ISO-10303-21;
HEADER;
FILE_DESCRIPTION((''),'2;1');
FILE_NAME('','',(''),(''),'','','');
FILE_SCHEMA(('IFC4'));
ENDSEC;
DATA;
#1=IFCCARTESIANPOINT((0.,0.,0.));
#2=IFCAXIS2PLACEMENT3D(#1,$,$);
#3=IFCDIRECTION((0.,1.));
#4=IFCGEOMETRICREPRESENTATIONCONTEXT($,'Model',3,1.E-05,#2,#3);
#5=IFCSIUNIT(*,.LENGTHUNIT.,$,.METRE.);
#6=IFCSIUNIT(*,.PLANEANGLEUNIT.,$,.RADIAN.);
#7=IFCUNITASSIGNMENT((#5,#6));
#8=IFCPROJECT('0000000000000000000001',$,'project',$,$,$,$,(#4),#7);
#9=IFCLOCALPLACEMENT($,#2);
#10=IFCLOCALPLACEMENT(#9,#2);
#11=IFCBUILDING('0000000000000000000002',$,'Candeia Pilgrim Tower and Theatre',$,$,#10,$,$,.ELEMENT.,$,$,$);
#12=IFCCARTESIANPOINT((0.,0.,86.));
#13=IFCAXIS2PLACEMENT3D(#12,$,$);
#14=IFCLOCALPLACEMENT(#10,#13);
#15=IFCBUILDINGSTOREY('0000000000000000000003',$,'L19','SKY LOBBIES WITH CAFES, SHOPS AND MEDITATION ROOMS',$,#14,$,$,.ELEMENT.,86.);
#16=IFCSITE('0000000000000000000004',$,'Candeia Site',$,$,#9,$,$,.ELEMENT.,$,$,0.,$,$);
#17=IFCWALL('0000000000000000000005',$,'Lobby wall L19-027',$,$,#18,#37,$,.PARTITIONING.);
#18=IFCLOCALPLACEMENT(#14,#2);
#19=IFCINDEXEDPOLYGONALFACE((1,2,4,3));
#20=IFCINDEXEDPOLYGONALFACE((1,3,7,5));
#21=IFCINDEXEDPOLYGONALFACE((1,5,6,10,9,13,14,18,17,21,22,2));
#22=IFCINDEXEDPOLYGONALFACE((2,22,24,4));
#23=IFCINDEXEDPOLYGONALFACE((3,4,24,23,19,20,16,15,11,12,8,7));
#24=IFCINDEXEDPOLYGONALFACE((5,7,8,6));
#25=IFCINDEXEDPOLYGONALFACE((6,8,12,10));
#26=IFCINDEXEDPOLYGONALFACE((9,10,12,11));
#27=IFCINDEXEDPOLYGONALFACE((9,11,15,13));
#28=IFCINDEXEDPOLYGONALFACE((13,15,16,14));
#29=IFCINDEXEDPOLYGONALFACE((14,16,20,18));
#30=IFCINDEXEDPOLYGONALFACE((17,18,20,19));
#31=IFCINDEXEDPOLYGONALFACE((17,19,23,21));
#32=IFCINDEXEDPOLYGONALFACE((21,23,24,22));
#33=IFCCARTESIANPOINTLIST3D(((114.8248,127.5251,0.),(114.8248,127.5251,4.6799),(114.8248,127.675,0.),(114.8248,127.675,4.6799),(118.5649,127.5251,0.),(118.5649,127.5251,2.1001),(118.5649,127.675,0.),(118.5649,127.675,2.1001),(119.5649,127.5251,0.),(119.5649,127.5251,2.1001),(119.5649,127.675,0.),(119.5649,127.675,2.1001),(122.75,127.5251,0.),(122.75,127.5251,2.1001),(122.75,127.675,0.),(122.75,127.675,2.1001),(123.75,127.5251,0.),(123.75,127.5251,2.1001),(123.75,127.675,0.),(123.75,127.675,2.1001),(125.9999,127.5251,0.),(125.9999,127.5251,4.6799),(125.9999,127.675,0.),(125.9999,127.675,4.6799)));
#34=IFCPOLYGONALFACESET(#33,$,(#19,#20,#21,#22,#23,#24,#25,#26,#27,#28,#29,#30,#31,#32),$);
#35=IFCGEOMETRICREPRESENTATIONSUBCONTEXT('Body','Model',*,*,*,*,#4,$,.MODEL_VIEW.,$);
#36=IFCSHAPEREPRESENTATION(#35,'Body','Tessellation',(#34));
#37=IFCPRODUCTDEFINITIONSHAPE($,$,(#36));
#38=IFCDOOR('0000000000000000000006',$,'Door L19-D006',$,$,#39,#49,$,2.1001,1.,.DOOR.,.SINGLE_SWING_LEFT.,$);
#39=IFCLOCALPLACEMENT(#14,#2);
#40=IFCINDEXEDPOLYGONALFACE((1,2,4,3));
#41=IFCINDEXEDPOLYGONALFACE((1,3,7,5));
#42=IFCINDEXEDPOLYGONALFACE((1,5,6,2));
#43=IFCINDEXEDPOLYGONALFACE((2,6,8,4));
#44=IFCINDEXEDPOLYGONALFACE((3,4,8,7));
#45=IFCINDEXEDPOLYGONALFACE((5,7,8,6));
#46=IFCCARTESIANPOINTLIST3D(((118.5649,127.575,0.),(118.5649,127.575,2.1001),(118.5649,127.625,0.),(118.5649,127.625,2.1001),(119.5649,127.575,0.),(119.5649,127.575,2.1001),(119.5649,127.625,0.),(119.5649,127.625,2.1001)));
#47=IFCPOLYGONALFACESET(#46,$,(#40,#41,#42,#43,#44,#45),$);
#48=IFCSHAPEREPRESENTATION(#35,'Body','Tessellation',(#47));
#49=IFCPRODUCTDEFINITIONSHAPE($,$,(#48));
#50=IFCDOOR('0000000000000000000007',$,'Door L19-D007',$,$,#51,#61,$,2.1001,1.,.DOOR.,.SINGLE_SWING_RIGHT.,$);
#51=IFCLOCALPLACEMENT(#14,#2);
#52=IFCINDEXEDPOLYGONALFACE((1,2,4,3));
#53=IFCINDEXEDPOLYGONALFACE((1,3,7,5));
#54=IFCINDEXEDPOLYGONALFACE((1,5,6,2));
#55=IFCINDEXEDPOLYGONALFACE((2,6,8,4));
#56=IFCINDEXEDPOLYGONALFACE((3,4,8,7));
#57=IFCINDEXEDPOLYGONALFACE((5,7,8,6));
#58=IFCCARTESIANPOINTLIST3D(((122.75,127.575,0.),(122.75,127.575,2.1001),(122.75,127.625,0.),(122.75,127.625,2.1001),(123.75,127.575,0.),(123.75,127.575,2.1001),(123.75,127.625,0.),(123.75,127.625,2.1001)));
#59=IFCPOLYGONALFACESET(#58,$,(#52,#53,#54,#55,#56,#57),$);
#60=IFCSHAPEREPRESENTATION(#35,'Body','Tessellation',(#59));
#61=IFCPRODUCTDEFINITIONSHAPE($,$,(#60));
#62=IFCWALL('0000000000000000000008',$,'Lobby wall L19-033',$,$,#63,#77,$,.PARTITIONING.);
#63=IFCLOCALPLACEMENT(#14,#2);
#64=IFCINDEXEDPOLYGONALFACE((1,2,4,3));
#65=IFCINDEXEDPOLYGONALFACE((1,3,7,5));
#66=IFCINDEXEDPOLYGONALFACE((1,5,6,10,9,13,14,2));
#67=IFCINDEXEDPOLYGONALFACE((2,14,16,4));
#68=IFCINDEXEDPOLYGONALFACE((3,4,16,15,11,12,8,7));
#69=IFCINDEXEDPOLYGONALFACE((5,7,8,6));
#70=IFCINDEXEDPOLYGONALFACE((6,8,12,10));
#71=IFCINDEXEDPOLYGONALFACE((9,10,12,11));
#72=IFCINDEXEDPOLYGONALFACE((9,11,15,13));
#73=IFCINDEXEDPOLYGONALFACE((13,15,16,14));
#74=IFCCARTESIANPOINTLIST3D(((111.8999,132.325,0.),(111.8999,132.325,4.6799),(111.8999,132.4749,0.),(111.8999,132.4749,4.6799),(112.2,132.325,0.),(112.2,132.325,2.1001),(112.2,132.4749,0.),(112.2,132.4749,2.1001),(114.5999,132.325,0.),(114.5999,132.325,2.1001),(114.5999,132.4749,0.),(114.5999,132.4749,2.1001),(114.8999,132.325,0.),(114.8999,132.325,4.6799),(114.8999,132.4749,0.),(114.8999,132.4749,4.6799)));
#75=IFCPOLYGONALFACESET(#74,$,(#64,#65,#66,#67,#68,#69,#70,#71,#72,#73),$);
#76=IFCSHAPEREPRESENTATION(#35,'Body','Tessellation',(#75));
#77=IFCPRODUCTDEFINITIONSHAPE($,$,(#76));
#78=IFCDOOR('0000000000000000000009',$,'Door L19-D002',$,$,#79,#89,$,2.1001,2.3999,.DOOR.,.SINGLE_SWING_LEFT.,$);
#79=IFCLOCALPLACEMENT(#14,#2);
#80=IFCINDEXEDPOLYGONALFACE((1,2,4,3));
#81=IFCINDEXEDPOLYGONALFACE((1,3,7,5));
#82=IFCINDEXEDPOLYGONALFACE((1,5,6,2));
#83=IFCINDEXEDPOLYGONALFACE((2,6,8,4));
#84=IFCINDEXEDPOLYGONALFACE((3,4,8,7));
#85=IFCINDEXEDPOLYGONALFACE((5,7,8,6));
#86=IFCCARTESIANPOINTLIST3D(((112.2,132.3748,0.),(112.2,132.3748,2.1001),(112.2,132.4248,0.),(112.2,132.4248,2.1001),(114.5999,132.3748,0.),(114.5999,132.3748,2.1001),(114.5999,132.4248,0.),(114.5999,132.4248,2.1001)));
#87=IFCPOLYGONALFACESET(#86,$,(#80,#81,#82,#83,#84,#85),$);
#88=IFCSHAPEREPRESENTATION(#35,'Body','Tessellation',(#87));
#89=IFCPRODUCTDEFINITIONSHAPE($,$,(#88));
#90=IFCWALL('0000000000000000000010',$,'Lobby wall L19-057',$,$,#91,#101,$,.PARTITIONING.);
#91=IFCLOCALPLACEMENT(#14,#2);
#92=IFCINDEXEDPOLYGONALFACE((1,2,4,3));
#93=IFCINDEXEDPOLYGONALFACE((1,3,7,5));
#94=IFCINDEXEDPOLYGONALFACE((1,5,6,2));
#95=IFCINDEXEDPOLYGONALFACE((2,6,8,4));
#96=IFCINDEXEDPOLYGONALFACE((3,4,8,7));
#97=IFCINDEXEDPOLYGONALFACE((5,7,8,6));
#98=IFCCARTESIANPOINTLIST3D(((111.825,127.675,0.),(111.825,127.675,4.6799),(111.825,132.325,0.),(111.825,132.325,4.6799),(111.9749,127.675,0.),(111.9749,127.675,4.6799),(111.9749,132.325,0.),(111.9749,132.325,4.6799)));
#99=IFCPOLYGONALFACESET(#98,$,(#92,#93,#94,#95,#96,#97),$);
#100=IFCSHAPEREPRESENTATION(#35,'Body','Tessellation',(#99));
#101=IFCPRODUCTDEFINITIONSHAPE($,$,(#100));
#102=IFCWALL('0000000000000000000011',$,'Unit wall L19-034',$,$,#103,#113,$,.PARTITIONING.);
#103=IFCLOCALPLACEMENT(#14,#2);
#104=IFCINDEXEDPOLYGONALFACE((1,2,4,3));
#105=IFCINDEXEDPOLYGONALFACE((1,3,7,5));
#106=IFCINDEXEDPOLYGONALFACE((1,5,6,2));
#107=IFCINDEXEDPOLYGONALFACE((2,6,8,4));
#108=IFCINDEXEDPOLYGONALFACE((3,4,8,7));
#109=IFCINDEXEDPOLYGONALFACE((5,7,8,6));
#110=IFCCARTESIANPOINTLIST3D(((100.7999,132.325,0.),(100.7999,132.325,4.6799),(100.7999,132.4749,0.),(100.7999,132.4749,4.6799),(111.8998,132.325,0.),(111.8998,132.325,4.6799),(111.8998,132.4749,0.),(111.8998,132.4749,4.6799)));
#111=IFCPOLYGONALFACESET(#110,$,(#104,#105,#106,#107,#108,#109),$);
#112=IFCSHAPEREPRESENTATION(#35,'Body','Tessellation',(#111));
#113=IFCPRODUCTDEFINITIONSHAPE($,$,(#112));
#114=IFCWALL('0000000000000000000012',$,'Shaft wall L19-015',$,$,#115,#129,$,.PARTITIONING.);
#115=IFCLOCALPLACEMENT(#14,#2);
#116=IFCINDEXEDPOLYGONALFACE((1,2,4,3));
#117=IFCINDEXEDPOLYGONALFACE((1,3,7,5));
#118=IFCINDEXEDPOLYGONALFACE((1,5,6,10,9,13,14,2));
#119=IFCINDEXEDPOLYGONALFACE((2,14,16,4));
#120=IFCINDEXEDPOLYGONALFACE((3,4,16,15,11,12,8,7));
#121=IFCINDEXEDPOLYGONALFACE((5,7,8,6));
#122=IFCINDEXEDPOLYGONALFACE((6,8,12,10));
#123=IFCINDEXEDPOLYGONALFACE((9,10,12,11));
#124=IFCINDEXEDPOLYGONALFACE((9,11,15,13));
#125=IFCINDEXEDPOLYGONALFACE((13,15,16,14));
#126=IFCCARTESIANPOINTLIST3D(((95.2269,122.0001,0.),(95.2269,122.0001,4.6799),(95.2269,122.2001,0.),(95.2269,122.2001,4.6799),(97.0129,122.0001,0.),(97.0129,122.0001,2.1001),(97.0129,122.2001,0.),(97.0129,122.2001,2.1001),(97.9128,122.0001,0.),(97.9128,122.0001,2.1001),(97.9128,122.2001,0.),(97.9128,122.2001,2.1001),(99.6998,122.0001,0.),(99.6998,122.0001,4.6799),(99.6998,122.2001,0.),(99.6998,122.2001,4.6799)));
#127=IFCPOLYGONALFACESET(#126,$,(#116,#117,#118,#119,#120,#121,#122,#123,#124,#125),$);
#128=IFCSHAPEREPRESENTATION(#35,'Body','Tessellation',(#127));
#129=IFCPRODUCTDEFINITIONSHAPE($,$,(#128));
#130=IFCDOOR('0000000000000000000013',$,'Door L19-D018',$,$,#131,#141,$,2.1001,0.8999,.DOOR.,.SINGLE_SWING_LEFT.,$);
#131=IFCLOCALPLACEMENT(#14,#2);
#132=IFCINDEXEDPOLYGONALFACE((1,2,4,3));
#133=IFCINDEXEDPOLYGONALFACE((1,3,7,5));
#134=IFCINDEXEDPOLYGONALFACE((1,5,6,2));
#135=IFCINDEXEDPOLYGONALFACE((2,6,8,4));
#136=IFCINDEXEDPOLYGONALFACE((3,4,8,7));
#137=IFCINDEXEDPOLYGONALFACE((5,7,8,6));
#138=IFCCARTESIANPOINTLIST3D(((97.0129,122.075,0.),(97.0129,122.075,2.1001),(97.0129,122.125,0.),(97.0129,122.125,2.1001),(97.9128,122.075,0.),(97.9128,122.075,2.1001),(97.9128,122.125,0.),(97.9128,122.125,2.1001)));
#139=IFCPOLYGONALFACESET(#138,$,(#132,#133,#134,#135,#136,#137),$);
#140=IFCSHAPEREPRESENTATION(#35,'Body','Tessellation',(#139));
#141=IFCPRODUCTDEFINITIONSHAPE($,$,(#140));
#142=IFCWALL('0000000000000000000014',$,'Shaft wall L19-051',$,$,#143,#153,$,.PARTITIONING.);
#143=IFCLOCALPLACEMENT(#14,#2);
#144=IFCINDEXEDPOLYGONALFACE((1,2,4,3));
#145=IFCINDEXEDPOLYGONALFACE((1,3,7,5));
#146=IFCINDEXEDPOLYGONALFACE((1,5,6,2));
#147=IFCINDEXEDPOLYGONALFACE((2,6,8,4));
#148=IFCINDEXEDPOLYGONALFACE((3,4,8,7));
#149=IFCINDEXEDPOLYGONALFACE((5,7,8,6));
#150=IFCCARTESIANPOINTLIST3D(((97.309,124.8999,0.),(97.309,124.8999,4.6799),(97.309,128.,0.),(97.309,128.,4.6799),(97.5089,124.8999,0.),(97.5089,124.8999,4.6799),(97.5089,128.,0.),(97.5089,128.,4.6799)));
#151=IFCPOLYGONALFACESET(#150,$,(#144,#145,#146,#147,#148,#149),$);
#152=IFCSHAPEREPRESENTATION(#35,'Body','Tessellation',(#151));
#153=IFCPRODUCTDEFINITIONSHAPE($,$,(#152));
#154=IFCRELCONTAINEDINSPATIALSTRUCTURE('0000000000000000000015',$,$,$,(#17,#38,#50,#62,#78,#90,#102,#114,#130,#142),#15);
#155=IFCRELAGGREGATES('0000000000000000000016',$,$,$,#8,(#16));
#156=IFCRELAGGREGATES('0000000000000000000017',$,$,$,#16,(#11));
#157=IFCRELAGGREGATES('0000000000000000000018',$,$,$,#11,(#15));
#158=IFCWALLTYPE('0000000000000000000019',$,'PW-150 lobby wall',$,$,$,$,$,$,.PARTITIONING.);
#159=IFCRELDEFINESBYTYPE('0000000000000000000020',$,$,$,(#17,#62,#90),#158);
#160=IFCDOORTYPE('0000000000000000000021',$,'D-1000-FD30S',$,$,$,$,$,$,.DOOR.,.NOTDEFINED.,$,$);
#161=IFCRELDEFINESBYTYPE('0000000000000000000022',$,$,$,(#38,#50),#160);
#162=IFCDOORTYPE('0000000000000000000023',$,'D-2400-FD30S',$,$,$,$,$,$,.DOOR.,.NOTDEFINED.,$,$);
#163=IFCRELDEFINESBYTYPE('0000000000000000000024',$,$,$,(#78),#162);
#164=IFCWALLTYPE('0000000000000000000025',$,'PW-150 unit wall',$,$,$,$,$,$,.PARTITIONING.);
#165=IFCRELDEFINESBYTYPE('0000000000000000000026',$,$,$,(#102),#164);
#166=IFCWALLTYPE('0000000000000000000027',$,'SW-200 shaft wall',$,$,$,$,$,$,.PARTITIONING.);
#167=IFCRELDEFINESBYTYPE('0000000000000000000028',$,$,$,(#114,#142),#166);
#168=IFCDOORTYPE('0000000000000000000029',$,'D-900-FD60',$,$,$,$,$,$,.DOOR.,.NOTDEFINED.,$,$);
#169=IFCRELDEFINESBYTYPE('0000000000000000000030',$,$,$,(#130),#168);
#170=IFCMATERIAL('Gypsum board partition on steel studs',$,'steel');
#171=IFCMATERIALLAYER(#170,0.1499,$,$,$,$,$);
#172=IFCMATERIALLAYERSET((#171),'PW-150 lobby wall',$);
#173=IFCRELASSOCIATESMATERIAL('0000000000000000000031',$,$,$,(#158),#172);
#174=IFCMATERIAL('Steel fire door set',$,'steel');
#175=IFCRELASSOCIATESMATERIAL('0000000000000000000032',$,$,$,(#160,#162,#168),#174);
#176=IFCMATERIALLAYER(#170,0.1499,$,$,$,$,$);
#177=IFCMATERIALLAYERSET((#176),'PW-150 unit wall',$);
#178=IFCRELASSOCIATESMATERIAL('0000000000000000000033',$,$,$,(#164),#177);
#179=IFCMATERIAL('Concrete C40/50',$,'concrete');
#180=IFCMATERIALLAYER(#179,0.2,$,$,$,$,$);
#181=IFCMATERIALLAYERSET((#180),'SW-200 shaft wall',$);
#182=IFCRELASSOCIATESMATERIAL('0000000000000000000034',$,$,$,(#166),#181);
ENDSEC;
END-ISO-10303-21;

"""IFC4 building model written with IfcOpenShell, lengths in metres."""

from ifc_helpers import new_model, si_unit, direction, frame, frame_2d, origin, place, context, subcontext, project, spatial, rectangle, extrude, material, layer, layer_set, type_object, element, fill, save


model = new_model("IFC4")

# Units and contexts
model_context = context("Model", 3, precision=1e-05, world=origin(), true_north=direction((0.0, 1.0)))
body_context = subcontext(model_context, "Body", "Model", "MODEL_VIEW")
ifc_project = project(units=[si_unit("LENGTHUNIT", "METRE"), si_unit("PLANEANGLEUNIT", "RADIAN")], contexts=[model_context])

# Site, building, storey
site_placement = place(None, origin())
site = spatial("IfcSite", under=ifc_project, at=site_placement, Name="Candeia Site", CompositionType="ELEMENT", RefElevation=0.0)
building_placement = place(site_placement, origin())
building = spatial("IfcBuilding", under=site, at=building_placement, Name="Candeia Pilgrim Tower and Theatre", CompositionType="ELEMENT")
storey_placement = place(building_placement, frame((0.0, 0.0, 86.0)))
storey = spatial("IfcBuildingStorey", under=building, at=storey_placement, Name="L19", Description="SKY LOBBIES WITH CAFES, SHOPS AND MEDITATION ROOMS", CompositionType="ELEMENT", Elevation=86.0)

# Shared definitions
ifc_material_1 = material(Name="Steel fire door set", Category="steel")
ifc_material_2 = material(Name="Gypsum board partition on steel studs", Category="steel")
ifc_layer_1 = layer(ifc_material_2, 0.1499)
ifc_layer_set_1 = layer_set([ifc_layer_1], Name="PW-150 lobby wall")
wall_type_1 = type_object("IfcWallType", Name="PW-150 lobby wall", PredefinedType="PARTITIONING", material=ifc_layer_set_1)
door_type_1 = type_object("IfcDoorType", Name="D-1000-FD30S", OperationType="NOTDEFINED", PredefinedType="DOOR", material=ifc_material_1)

# Wall, openings, doors
wall_1_placement = place(storey_placement, frame((114.825, 127.6001, 0.0), z_axis=(0.0, 0.0, 1.0), x_axis=(1.0, 0.0, 0.0)))
wall_1 = element("IfcWall", 1, at=wall_1_placement, inside=storey, type_object=wall_type_1, Name="Lobby wall L19-027", PredefinedType="PARTITIONING", context=body_context, shape_type="SweptSolid", body=[
    extrude(rectangle(XDim=11.175, YDim=0.1499, at=frame_2d((5.5874, 0.0))), origin(), (0.0, 0.0, 1.0), 4.6799),
])
opening_1_placement = place(wall_1_placement, frame((3.74, 0.0, 0.0)))
opening_1 = element("IfcOpeningElement", 2, at=opening_1_placement, cuts=wall_1, PredefinedType="OPENING", context=body_context, shape_type="SweptSolid", body=[
    extrude(rectangle(XDim=1.0, YDim=2.1001, at=frame_2d((0.5, 1.05))), frame((0.0, 0.085, 0.0), z_axis=(0.0, -1.0, 0.0), x_axis=(1.0, 0.0, 0.0)), (0.0, 0.0, 1.0), 0.1699),
])
opening_2_placement = place(wall_1_placement, frame((7.925, 0.0, 0.0)))
opening_2 = element("IfcOpeningElement", 3, at=opening_2_placement, cuts=wall_1, PredefinedType="OPENING", context=body_context, shape_type="SweptSolid", body=[
    extrude(rectangle(XDim=1.0, YDim=2.1001, at=frame_2d((0.5, 1.05))), frame((0.0, 0.085, 0.0), z_axis=(0.0, -1.0, 0.0), x_axis=(1.0, 0.0, 0.0)), (0.0, 0.0, 1.0), 0.1699),
])
door_1_placement = place(opening_1_placement, origin())
door_1 = element("IfcDoor", 4, at=door_1_placement, inside=storey, type_object=door_type_1, Name="Door L19-D006", OperationType="SINGLE_SWING_LEFT", OverallHeight=2.1001, OverallWidth=1.0, PredefinedType="DOOR", context=body_context, shape_type="SweptSolid", body=[
    extrude(rectangle(XDim=1.0, YDim=2.1001, at=frame_2d((0.5, 1.05))), frame((0.0, 0.0249, 0.0), z_axis=(0.0, -1.0, 0.0), x_axis=(1.0, 0.0, 0.0)), (0.0, 0.0, 1.0), 0.05),
])
fill(opening_1, door_1)
door_2_placement = place(opening_2_placement, origin())
door_2 = element("IfcDoor", 5, at=door_2_placement, inside=storey, type_object=door_type_1, Name="Door L19-D007", OperationType="SINGLE_SWING_RIGHT", OverallHeight=2.1001, OverallWidth=1.0, PredefinedType="DOOR", context=body_context, shape_type="SweptSolid", body=[
    extrude(rectangle(XDim=1.0, YDim=2.1001, at=frame_2d((0.5, 1.05))), frame((0.0, 0.0249, 0.0), z_axis=(0.0, -1.0, 0.0), x_axis=(1.0, 0.0, 0.0)), (0.0, 0.0, 1.0), 0.05),
])
fill(opening_2, door_2)

# Wall, opening, door
wall_2_placement = place(storey_placement, frame((111.8999, 132.3999, 0.0), z_axis=(0.0, 0.0, 1.0), x_axis=(1.0, 0.0, 0.0)))
wall_2 = element("IfcWall", 6, at=wall_2_placement, inside=storey, type_object=wall_type_1, Name="Lobby wall L19-033", PredefinedType="PARTITIONING", context=body_context, shape_type="SweptSolid", body=[
    extrude(rectangle(XDim=3.0, YDim=0.1499, at=frame_2d((1.5, 0.0))), origin(), (0.0, 0.0, 1.0), 4.6799),
])
opening_3_placement = place(wall_2_placement, frame((0.3, 0.0, 0.0)))
opening_3 = element("IfcOpeningElement", 7, at=opening_3_placement, cuts=wall_2, PredefinedType="OPENING", context=body_context, shape_type="SweptSolid", body=[
    extrude(rectangle(XDim=2.3999, YDim=2.1001, at=frame_2d((1.2, 1.05))), frame((0.0, 0.085, 0.0), z_axis=(0.0, -1.0, 0.0), x_axis=(1.0, 0.0, 0.0)), (0.0, 0.0, 1.0), 0.1699),
])
door_type_2 = type_object("IfcDoorType", Name="D-2400-FD30S", OperationType="NOTDEFINED", PredefinedType="DOOR", material=ifc_material_1)
door_3_placement = place(opening_3_placement, origin())
door_3 = element("IfcDoor", 8, at=door_3_placement, inside=storey, type_object=door_type_2, Name="Door L19-D002", OperationType="SINGLE_SWING_LEFT", OverallHeight=2.1001, OverallWidth=2.3999, PredefinedType="DOOR", context=body_context, shape_type="SweptSolid", body=[
    extrude(rectangle(XDim=2.3999, YDim=2.1001, at=frame_2d((1.2, 1.05))), frame((0.0, 0.0249, 0.0), z_axis=(0.0, -1.0, 0.0), x_axis=(1.0, 0.0, 0.0)), (0.0, 0.0, 1.0), 0.05),
])
fill(opening_3, door_3)

# Walls
wall_3_placement = place(storey_placement, frame((111.8999, 127.675, 0.0), z_axis=(0.0, 0.0, 1.0), x_axis=(0.0, 1.0, 0.0)))
element("IfcWall", 9, at=wall_3_placement, inside=storey, type_object=wall_type_1, Name="Lobby wall L19-057", PredefinedType="PARTITIONING", context=body_context, shape_type="SweptSolid", body=[
    extrude(rectangle(XDim=4.6499, YDim=0.1499, at=frame_2d((2.325, 0.0))), origin(), (0.0, 0.0, 1.0), 4.6799),
])
ifc_layer_2 = layer(ifc_material_2, 0.1499)
ifc_layer_set_2 = layer_set([ifc_layer_2], Name="PW-150 unit wall")
wall_type_2 = type_object("IfcWallType", Name="PW-150 unit wall", PredefinedType="PARTITIONING", material=ifc_layer_set_2)
wall_4_placement = place(storey_placement, frame((100.8, 132.3999, 0.0), z_axis=(0.0, 0.0, 1.0), x_axis=(1.0, 0.0, 0.0)))
element("IfcWall", 10, at=wall_4_placement, inside=storey, type_object=wall_type_2, Name="Unit wall L19-034", PredefinedType="PARTITIONING", context=body_context, shape_type="SweptSolid", body=[
    extrude(rectangle(XDim=11.0999, YDim=0.1499, at=frame_2d((5.5498, 0.0))), origin(), (0.0, 0.0, 1.0), 4.6799),
])

# Wall, opening, door
ifc_material_3 = material(Name="Concrete C40/50", Category="concrete")
ifc_layer_3 = layer(ifc_material_3, 0.2)
ifc_layer_set_3 = layer_set([ifc_layer_3], Name="SW-200 shaft wall")
wall_type_3 = type_object("IfcWallType", Name="SW-200 shaft wall", PredefinedType="PARTITIONING", material=ifc_layer_set_3)
wall_5_placement = place(storey_placement, frame((95.2271, 122.1001, 0.0), z_axis=(0.0, 0.0, 1.0), x_axis=(1.0, 0.0, 0.0)))
wall_5 = element("IfcWall", 11, at=wall_5_placement, inside=storey, type_object=wall_type_3, Name="Shaft wall L19-015", PredefinedType="PARTITIONING", context=body_context, shape_type="SweptSolid", body=[
    extrude(rectangle(XDim=4.4729, YDim=0.2, at=frame_2d((2.2363, 0.0))), origin(), (0.0, 0.0, 1.0), 4.6799),
])
opening_4_placement = place(wall_5_placement, frame((1.7859, 0.0, 0.0)))
opening_4 = element("IfcOpeningElement", 12, at=opening_4_placement, cuts=wall_5, PredefinedType="OPENING", context=body_context, shape_type="SweptSolid", body=[
    extrude(rectangle(XDim=0.8999, YDim=2.1001, at=frame_2d((0.45, 1.05))), frame((0.0, 0.1099, 0.0), z_axis=(0.0, -1.0, 0.0), x_axis=(1.0, 0.0, 0.0)), (0.0, 0.0, 1.0), 0.22),
])
door_type_3 = type_object("IfcDoorType", Name="D-900-FD60", OperationType="NOTDEFINED", PredefinedType="DOOR", material=ifc_material_1)
door_4_placement = place(opening_4_placement, origin())
door_4 = element("IfcDoor", 13, at=door_4_placement, inside=storey, type_object=door_type_3, Name="Door L19-D018", OperationType="SINGLE_SWING_LEFT", OverallHeight=2.1001, OverallWidth=0.8999, PredefinedType="DOOR", context=body_context, shape_type="SweptSolid", body=[
    extrude(rectangle(XDim=0.8999, YDim=2.1001, at=frame_2d((0.45, 1.05))), frame((0.0, 0.0249, 0.0), z_axis=(0.0, -1.0, 0.0), x_axis=(1.0, 0.0, 0.0)), (0.0, 0.0, 1.0), 0.05),
])
fill(opening_4, door_4)

# Wall
wall_6_placement = place(storey_placement, frame((97.4089, 124.8999, 0.0), z_axis=(0.0, 0.0, 1.0), x_axis=(0.0, 1.0, 0.0)))
element("IfcWall", 14, at=wall_6_placement, inside=storey, type_object=wall_type_3, Name="Shaft wall L19-051", PredefinedType="PARTITIONING", context=body_context, shape_type="SweptSolid", body=[
    extrude(rectangle(XDim=3.1001, YDim=0.2, at=frame_2d((1.55, 0.0))), origin(), (0.0, 0.0, 1.0), 4.6799),
])

save(model, "model.ifc")
